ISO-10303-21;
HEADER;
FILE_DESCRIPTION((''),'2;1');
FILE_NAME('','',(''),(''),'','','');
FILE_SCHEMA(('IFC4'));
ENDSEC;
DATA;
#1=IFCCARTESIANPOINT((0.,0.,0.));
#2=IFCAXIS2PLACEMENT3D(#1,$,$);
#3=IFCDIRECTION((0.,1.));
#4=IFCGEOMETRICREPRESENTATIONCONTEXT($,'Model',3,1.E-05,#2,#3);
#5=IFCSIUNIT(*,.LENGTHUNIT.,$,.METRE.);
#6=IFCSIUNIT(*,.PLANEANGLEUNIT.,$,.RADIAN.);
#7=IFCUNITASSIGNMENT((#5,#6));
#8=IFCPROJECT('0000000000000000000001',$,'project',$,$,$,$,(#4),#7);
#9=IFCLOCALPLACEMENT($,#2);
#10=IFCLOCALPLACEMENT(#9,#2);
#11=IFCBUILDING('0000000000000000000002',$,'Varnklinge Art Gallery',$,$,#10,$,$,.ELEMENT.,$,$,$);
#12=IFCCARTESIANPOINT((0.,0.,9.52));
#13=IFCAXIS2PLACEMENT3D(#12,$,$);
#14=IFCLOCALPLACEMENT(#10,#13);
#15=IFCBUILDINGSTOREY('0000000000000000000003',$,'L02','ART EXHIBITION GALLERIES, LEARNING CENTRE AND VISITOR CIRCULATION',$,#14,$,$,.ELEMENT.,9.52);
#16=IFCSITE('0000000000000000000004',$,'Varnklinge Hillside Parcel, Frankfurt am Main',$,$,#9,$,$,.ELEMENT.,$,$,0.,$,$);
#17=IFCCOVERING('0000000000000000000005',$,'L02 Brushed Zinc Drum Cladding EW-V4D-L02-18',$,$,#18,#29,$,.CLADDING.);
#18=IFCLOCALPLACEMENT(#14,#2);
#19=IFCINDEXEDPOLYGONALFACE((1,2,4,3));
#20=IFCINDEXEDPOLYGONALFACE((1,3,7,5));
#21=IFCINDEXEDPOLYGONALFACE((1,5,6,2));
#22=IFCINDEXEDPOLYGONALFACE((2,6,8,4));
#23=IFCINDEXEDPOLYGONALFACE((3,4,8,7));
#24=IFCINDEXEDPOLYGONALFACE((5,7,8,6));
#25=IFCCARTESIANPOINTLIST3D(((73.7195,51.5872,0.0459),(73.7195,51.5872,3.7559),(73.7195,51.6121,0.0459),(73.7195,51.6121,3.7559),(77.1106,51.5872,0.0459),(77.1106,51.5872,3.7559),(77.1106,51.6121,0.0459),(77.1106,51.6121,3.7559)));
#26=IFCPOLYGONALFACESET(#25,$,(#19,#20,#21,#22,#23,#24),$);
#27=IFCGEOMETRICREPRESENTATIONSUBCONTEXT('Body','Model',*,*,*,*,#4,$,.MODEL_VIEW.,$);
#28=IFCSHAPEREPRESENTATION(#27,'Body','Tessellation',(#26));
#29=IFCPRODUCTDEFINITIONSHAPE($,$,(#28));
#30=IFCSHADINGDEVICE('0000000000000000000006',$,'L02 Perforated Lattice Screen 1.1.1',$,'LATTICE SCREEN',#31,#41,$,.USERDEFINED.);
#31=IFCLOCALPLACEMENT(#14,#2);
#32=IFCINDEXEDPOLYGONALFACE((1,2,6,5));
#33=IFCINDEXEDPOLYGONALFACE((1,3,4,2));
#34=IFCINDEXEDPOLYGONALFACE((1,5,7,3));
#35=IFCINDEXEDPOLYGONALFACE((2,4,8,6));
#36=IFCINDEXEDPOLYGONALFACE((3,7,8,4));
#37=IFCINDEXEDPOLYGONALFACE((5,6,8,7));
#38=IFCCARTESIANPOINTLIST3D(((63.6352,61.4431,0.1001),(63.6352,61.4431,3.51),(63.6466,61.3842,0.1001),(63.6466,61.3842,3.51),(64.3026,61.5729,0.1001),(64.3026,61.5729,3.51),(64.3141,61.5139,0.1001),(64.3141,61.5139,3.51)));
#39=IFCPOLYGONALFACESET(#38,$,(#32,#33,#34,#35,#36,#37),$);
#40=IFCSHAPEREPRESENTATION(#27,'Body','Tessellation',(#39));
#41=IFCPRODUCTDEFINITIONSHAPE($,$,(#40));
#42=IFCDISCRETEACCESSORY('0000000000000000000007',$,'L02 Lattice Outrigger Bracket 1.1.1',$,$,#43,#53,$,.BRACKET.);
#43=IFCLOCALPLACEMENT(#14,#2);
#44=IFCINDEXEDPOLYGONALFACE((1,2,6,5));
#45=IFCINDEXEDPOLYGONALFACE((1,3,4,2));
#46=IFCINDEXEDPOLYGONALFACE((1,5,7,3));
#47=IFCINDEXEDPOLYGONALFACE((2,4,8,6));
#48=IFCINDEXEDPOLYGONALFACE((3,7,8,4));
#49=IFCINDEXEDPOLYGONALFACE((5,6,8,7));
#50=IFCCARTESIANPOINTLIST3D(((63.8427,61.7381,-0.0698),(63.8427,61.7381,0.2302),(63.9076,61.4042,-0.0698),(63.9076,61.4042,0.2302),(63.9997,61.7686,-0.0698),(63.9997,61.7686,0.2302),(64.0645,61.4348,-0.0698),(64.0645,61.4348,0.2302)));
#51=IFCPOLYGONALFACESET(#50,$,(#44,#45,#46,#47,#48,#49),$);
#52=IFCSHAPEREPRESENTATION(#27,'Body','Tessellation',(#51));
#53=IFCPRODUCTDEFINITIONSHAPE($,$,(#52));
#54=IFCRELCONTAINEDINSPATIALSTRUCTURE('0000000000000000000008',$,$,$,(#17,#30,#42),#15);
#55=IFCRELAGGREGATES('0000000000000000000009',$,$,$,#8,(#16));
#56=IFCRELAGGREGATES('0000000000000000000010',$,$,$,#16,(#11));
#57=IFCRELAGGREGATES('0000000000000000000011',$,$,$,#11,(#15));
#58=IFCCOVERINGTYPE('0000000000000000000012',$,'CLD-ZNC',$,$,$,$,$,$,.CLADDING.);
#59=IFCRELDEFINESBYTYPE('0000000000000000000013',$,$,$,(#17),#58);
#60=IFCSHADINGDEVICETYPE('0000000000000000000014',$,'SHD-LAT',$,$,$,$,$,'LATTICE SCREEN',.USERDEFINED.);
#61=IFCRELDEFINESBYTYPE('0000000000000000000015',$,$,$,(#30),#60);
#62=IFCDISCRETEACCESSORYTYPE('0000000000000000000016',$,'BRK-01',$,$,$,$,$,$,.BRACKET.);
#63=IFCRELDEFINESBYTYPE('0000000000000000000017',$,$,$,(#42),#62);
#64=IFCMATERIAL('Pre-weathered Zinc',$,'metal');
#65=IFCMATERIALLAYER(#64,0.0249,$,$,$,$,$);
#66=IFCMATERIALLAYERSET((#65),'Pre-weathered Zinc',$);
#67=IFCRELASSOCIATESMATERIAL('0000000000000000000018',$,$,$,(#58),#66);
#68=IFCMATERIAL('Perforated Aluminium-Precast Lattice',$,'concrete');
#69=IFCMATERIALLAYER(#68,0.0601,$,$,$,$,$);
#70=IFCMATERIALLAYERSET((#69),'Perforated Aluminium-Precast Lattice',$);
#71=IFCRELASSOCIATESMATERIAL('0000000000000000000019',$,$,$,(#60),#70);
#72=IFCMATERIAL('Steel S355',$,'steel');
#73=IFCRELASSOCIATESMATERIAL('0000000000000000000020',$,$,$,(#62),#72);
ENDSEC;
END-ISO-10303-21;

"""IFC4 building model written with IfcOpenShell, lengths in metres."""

from ifc_helpers import new_model, si_unit, direction, frame, origin, origin_2d, place, context, subcontext, project, spatial, rectangle, extrude, material, layer, layer_set, type_object, element, save


model = new_model("IFC4")

# Units and contexts
model_context = context("Model", 3, precision=1e-05, world=origin(), true_north=direction((0.0, 1.0)))
body_context = subcontext(model_context, "Body", "Model", "MODEL_VIEW")
ifc_project = project(units=[si_unit("LENGTHUNIT", "METRE"), si_unit("PLANEANGLEUNIT", "RADIAN")], contexts=[model_context])

# Site, building, storey
site_placement = place(None, origin())
site = spatial("IfcSite", under=ifc_project, at=site_placement, Name="Varnklinge Hillside Parcel, Frankfurt am Main", CompositionType="ELEMENT", RefElevation=0.0)
building_placement = place(site_placement, origin())
building = spatial("IfcBuilding", under=site, at=building_placement, Name="Varnklinge Art Gallery", CompositionType="ELEMENT")
storey_placement = place(building_placement, frame((0.0, 0.0, 9.52)))
storey = spatial("IfcBuildingStorey", under=building, at=storey_placement, Name="L02", Description="ART EXHIBITION GALLERIES, LEARNING CENTRE AND VISITOR CIRCULATION", CompositionType="ELEMENT", Elevation=9.52)

# Covering
ifc_material_1 = material(Name="Pre-weathered Zinc", Category="metal")
ifc_layer_1 = layer(ifc_material_1, 0.0249)
ifc_layer_set_1 = layer_set([ifc_layer_1], Name="Pre-weathered Zinc")
covering_type = type_object("IfcCoveringType", Name="CLD-ZNC", PredefinedType="CLADDING", material=ifc_layer_set_1)
for number, where, z_axis, x_axis, name in (
    (1, (75.415, 51.5996, 0.0459), (0.0, 0.0, 1.0), (1.0, 0.0, 0.0), "L02 Brushed Zinc Drum Cladding EW-V4D-L02-18"),
):
    element("IfcCovering", number, at=place(storey_placement, frame(where, z_axis=z_axis, x_axis=x_axis)), inside=storey, type_object=covering_type, Name=name, PredefinedType="CLADDING", context=body_context, shape_type="SweptSolid", body=[
        extrude(rectangle(XDim=3.3911, YDim=0.0249, at=origin_2d()), origin(), (0.0, 0.0, 1.0), 3.71),
    ])

# Shading device
ifc_material_2 = material(Name="Perforated Aluminium-Precast Lattice", Category="concrete")
ifc_layer_2 = layer(ifc_material_2, 0.0601)
ifc_layer_set_2 = layer_set([ifc_layer_2], Name="Perforated Aluminium-Precast Lattice")
shading_device_type = type_object("IfcShadingDeviceType", Name="SHD-LAT", ElementType="LATTICE SCREEN", PredefinedType="USERDEFINED", material=ifc_layer_set_2)
shading_device_placement = place(storey_placement, frame((63.9746, 61.4785, 0.1001), z_axis=(0.0, 0.0, 1.0), x_axis=(0.981627, 0.190809, 0.0)))
element("IfcShadingDevice", 2, at=shading_device_placement, inside=storey, type_object=shading_device_type, Name="L02 Perforated Lattice Screen 1.1.1", ObjectType="LATTICE SCREEN", PredefinedType="USERDEFINED", context=body_context, shape_type="SweptSolid", body=[
    extrude(rectangle(XDim=0.6799, YDim=0.0601, at=origin_2d()), origin(), (0.0, 0.0, 1.0), 3.4099),
])

# Discrete accessory
ifc_material_3 = material(Name="Steel S355", Category="steel")
discrete_accessory_type = type_object("IfcDiscreteAccessoryType", Name="BRK-01", PredefinedType="BRACKET", material=ifc_material_3)
discrete_accessory_placement = place(storey_placement, frame((63.9536, 61.5864, -0.0698), z_axis=(0.0, 0.0, 1.0), x_axis=(0.981627, 0.190809, 0.0)))
element("IfcDiscreteAccessory", 3, at=discrete_accessory_placement, inside=storey, type_object=discrete_accessory_type, Name="L02 Lattice Outrigger Bracket 1.1.1", PredefinedType="BRACKET", context=body_context, shape_type="SweptSolid", body=[
    extrude(rectangle(XDim=0.1599, YDim=0.3401, at=origin_2d()), origin(), (0.0, 0.0, 1.0), 0.3),
])

save(model, "model.ifc")
